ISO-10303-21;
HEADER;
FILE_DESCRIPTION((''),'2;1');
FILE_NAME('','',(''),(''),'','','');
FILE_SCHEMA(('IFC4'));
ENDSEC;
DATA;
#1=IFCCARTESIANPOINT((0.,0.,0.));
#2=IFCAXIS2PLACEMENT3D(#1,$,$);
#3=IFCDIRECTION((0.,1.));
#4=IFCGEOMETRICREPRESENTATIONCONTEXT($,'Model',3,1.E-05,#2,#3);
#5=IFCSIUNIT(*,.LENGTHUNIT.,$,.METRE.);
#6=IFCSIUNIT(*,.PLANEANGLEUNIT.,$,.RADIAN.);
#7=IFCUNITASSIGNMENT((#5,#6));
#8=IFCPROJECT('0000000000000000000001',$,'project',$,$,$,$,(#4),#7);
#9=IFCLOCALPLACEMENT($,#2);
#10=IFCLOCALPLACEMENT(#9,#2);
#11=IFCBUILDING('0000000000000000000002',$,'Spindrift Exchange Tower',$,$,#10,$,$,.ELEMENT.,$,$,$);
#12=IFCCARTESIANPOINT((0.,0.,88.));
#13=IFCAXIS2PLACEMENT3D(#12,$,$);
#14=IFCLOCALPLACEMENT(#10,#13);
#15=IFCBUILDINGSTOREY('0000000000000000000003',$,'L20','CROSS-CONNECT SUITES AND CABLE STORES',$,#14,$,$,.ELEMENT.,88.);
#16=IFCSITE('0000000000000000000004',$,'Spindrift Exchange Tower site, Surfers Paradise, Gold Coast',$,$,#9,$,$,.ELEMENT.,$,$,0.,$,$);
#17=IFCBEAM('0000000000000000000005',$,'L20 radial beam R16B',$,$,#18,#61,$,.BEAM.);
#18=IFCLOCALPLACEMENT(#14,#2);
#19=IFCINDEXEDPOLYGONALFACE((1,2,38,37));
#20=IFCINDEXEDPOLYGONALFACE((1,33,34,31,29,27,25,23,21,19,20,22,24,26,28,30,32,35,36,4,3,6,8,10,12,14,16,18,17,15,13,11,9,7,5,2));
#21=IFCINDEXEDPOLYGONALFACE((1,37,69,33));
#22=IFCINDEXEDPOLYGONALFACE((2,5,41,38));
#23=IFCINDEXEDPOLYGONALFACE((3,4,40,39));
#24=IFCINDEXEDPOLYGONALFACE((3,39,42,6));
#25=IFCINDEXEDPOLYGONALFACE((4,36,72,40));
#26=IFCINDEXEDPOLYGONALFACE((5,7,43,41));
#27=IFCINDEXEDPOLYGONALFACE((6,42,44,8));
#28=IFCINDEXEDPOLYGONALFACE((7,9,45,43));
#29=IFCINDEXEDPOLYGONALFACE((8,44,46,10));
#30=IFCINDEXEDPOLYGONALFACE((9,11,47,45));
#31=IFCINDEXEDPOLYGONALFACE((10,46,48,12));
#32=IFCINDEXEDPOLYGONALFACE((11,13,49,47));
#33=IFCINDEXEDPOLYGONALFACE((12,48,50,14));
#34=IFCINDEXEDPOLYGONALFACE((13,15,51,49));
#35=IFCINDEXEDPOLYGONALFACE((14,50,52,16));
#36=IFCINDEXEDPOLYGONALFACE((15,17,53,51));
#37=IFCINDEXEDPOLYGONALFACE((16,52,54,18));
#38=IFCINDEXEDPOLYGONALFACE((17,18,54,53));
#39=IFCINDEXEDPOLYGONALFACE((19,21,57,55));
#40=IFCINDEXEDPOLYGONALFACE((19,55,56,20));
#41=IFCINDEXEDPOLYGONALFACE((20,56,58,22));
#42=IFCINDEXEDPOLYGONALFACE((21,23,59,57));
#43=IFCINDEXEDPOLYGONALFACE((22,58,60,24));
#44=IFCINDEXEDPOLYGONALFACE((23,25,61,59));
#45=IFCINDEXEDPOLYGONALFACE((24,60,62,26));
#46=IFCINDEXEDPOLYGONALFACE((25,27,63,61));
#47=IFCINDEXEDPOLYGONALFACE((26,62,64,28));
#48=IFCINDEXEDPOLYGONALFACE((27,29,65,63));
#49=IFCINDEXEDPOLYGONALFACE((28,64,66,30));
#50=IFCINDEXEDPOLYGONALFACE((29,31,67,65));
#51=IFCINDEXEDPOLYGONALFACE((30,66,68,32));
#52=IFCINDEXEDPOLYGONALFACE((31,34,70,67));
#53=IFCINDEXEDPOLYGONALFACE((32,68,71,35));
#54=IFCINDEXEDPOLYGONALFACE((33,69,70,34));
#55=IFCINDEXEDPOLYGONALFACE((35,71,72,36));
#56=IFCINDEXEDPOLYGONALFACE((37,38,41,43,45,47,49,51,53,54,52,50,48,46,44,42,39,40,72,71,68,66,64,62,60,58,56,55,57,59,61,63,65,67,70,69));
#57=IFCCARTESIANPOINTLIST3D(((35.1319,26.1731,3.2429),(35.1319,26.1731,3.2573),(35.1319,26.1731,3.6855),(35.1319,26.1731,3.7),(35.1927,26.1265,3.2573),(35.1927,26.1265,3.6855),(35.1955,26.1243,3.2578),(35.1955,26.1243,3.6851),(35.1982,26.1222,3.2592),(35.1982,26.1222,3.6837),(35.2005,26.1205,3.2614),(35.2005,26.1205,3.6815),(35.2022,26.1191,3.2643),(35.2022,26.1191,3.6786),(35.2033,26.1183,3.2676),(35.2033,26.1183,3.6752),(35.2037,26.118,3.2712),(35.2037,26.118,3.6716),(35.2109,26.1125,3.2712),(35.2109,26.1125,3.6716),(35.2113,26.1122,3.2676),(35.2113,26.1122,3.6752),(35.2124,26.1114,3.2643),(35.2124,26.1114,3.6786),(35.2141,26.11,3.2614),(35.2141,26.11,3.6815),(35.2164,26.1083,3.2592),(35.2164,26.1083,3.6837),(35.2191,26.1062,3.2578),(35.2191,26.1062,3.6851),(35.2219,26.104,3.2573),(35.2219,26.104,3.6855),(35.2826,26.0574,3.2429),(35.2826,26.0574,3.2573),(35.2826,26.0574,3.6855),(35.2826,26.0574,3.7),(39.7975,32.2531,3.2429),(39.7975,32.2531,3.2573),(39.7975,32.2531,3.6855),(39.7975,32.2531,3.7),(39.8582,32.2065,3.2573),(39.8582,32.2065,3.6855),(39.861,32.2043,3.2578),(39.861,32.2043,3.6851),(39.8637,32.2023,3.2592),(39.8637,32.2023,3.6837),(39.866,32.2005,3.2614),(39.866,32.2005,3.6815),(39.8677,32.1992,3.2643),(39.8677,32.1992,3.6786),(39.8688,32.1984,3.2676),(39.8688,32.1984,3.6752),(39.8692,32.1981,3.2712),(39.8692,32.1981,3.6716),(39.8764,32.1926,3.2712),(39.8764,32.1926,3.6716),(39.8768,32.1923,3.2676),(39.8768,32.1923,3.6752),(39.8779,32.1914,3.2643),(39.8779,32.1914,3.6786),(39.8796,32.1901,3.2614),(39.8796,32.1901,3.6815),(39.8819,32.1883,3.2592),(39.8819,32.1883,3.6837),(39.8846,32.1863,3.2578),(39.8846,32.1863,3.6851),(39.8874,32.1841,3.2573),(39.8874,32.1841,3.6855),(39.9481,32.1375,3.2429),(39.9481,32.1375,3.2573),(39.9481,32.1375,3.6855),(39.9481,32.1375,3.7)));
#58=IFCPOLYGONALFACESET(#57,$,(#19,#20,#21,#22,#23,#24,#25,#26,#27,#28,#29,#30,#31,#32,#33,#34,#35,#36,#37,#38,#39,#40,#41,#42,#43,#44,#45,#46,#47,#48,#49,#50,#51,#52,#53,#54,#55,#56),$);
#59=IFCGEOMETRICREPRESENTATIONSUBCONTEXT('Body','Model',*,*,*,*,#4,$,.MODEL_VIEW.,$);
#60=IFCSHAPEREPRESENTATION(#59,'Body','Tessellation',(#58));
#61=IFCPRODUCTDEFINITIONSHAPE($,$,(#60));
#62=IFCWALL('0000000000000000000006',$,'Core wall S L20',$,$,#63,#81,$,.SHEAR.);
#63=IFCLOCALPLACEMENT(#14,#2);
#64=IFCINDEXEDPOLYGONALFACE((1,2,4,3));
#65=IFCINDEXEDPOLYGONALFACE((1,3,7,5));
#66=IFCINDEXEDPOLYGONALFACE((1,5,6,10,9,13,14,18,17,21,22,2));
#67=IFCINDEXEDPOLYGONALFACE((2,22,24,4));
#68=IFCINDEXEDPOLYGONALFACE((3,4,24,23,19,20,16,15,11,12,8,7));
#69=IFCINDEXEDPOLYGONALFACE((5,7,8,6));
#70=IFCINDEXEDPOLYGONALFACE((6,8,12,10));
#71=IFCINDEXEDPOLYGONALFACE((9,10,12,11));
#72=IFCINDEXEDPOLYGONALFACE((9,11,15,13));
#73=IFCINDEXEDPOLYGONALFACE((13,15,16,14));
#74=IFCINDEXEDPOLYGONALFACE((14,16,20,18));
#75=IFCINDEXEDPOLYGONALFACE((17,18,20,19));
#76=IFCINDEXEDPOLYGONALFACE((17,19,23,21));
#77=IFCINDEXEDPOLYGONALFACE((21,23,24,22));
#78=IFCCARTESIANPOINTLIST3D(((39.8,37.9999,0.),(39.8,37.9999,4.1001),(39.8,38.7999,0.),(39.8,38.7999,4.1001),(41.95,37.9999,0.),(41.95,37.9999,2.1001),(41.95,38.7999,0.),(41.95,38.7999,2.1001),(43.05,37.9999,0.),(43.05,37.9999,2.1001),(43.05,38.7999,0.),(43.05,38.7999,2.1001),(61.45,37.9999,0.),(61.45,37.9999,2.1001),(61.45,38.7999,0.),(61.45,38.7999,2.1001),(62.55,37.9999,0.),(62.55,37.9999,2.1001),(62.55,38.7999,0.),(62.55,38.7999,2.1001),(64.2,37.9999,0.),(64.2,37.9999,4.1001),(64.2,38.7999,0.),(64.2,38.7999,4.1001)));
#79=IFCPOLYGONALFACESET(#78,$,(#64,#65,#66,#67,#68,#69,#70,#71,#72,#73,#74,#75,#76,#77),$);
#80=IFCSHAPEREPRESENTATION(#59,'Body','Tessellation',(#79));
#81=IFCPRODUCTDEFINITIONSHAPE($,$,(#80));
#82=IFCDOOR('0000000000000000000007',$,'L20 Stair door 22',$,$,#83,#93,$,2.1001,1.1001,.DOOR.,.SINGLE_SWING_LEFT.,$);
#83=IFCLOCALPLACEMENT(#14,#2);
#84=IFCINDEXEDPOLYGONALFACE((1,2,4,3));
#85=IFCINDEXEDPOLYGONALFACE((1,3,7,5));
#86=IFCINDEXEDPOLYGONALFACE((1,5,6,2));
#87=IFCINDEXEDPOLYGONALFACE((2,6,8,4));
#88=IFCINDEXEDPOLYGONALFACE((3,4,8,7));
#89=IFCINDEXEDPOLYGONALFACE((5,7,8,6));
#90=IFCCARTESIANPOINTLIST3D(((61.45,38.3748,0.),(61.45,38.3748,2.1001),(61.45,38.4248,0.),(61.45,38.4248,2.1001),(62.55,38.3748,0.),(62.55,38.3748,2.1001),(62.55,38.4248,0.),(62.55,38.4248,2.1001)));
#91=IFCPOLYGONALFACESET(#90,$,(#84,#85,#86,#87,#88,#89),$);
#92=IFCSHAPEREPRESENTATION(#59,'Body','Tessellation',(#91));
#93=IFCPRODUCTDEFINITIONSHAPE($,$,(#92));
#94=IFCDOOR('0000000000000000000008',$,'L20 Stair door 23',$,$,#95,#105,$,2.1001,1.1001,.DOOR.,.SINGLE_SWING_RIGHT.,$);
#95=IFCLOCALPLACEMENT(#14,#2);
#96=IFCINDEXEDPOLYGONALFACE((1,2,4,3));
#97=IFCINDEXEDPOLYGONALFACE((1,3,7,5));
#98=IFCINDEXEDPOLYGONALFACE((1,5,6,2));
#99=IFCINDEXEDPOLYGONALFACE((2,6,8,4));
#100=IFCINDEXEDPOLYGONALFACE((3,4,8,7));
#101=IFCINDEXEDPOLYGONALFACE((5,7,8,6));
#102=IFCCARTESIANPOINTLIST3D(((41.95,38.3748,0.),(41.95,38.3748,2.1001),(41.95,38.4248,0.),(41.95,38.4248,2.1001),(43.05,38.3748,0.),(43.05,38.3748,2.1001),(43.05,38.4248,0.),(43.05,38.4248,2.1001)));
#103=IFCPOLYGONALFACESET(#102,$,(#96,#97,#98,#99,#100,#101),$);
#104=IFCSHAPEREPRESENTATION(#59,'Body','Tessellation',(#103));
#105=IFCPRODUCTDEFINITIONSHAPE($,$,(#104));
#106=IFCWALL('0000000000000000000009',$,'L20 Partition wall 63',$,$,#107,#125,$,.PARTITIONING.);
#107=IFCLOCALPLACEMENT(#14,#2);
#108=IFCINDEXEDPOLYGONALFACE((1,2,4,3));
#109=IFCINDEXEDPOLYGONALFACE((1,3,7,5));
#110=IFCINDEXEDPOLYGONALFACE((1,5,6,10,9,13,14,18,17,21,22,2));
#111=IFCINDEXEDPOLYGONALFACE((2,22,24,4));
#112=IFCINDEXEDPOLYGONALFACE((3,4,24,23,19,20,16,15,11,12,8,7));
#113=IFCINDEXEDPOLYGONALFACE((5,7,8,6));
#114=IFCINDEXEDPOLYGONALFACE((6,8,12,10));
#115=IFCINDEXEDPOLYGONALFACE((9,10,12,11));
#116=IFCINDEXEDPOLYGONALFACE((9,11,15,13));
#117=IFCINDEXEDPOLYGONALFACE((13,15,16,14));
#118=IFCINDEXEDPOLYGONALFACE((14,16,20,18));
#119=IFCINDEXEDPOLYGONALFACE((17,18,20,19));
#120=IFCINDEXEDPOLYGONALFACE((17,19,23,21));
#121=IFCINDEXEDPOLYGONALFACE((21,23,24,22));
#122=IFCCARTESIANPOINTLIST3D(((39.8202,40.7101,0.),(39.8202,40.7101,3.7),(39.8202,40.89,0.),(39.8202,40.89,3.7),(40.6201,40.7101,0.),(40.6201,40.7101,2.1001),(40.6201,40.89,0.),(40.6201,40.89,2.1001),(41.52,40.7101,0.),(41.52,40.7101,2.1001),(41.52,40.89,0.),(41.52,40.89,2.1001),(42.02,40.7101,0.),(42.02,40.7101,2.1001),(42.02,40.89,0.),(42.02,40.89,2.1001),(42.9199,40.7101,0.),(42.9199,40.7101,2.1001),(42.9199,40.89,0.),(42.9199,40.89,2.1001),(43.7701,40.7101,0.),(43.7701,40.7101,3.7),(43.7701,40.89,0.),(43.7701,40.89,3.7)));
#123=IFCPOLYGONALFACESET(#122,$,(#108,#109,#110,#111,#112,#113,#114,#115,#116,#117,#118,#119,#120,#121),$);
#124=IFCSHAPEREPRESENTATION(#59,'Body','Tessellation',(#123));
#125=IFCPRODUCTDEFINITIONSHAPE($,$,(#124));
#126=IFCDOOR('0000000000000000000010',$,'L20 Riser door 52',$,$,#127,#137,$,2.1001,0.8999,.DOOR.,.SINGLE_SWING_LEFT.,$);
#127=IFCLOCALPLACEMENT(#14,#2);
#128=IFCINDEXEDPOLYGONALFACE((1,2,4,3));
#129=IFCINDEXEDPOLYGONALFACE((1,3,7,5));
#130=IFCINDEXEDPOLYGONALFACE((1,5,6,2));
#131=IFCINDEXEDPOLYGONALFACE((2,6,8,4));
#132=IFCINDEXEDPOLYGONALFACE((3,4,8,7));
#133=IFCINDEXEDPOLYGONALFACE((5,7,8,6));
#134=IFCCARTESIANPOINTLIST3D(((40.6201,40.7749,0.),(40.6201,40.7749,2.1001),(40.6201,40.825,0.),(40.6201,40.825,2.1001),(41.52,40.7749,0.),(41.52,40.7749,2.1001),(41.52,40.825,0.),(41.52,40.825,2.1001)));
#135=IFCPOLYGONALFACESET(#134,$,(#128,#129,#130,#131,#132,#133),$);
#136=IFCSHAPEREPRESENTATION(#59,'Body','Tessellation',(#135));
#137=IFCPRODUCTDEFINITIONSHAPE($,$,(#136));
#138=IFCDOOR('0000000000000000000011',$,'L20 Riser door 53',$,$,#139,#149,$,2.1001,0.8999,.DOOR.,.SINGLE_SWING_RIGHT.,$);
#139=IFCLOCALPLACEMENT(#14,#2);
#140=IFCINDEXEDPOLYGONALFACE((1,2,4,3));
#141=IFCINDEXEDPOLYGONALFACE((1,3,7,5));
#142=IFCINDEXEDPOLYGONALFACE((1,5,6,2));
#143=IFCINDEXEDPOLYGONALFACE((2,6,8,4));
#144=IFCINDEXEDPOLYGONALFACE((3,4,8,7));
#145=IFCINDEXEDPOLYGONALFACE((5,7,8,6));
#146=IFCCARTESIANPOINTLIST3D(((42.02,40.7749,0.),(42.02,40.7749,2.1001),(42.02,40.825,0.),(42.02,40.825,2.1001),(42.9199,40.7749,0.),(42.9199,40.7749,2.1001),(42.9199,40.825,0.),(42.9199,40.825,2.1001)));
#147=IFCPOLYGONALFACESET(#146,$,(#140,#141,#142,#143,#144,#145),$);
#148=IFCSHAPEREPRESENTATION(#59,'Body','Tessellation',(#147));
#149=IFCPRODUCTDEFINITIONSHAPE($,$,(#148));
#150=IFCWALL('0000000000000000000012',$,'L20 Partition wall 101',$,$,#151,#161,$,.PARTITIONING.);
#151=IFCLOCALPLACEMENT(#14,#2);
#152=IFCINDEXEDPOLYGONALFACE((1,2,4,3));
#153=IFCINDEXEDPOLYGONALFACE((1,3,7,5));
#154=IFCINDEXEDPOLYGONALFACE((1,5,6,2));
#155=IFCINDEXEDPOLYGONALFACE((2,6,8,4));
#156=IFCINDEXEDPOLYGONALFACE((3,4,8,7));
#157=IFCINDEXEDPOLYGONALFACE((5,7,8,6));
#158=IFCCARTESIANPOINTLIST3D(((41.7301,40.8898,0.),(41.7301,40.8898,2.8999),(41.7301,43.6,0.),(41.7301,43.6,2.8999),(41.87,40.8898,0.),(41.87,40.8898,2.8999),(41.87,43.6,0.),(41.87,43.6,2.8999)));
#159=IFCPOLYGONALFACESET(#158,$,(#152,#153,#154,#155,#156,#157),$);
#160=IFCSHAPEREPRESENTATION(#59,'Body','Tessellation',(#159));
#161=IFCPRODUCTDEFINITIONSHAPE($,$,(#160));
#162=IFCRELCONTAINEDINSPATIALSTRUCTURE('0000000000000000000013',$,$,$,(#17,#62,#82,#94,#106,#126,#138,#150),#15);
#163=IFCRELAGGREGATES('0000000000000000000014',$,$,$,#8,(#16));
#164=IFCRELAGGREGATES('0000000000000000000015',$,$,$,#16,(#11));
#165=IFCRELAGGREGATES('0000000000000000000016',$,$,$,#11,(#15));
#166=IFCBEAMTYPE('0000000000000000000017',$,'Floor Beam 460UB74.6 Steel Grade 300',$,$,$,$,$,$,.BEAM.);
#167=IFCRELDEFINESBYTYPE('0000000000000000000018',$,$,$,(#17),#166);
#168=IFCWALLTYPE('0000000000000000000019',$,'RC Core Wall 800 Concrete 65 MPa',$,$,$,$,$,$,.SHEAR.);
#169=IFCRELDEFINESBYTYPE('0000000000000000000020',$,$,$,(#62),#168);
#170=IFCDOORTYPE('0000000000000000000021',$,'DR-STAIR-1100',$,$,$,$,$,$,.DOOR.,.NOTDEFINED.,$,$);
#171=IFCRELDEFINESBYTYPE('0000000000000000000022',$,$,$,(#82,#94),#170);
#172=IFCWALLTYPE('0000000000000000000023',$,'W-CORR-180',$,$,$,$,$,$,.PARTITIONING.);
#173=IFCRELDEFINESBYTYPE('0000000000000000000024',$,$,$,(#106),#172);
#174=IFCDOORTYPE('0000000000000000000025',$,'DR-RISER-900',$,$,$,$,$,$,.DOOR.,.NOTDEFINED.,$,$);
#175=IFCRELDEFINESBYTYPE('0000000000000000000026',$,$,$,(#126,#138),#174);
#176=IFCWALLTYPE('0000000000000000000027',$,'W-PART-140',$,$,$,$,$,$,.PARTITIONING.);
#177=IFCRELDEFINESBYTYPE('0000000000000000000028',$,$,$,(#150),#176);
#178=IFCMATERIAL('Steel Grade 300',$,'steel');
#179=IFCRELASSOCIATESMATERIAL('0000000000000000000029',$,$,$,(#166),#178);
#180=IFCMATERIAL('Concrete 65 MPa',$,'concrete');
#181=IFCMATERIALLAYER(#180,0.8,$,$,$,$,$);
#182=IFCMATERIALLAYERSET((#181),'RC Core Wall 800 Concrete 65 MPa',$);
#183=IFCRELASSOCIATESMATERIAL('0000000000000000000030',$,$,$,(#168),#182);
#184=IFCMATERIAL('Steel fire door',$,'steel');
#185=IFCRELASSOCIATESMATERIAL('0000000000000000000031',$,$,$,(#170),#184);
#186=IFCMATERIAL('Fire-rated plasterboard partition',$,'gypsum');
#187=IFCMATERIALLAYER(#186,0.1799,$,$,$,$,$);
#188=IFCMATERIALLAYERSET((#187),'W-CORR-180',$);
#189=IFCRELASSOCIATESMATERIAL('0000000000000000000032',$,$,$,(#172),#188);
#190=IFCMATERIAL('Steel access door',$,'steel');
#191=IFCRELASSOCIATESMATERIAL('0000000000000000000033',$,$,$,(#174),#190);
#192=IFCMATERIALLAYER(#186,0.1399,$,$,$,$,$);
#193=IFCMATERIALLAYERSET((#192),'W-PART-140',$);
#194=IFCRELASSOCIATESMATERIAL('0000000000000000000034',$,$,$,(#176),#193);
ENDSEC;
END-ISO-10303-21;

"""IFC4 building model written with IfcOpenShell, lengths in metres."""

from ifc_helpers import new_model, si_unit, direction, frame, frame_2d, origin, origin_2d, place, context, subcontext, project, spatial, rectangle, i_section, extrude, source, transform, mapped, material, layer, layer_set, material_profile, profile_set, type_object, element, fill, save


model = new_model("IFC4")

# Units and contexts
model_context = context("Model", 3, precision=1e-05, world=origin(), true_north=direction((0.0, 1.0)))
body_context = subcontext(model_context, "Body", "Model", "MODEL_VIEW")
ifc_project = project(units=[si_unit("LENGTHUNIT", "METRE"), si_unit("PLANEANGLEUNIT", "RADIAN")], contexts=[model_context])

# Site, building, storey
site_placement = place(None, origin())
site = spatial("IfcSite", under=ifc_project, at=site_placement, Name="Spindrift Exchange Tower site, Surfers Paradise, Gold Coast", CompositionType="ELEMENT", RefElevation=0.0)
building_placement = place(site_placement, origin())
building = spatial("IfcBuilding", under=site, at=building_placement, Name="Spindrift Exchange Tower", CompositionType="ELEMENT")
storey_placement = place(building_placement, frame((0.0, 0.0, 88.0)))
storey = spatial("IfcBuildingStorey", under=building, at=storey_placement, Name="L20", Description="CROSS-CONNECT SUITES AND CABLE STORES", CompositionType="ELEMENT", Elevation=88.0)

# Shared definitions
ifc_material_1 = material(Name="Concrete 65 MPa", Category="concrete")

# Beam
ifc_material_2 = material(Name="Steel Grade 300", Category="steel")
ifc_material_profile_1 = material_profile(ifc_material_2, i_section(OverallWidth=0.1899, OverallDepth=0.457, WebThickness=0.009, FlangeThickness=0.0144, FilletRadius=0.0139, at=origin_2d()), Name="460UB74.6")
ifc_profile_set_1 = profile_set([ifc_material_profile_1], Name="Steel Grade 300")
beam_type_1 = type_object("IfcBeamType", Name="Floor Beam 460UB74.6 Steel Grade 300", PredefinedType="BEAM", material=ifc_profile_set_1)
shared_shape_1 = source(origin(), body_context, "Body", "SweptSolid", [
    extrude(i_section(OverallWidth=0.1899, OverallDepth=0.457, WebThickness=0.009, FlangeThickness=0.0144, FilletRadius=0.0139, at=origin_2d()), origin(), (0.0, 0.0, 1.0), 7.6638),
])
beam_1_placement = place(storey_placement, frame((39.8728, 32.1953, 3.4714), z_axis=(-0.608771, -0.793346, 0.0), x_axis=(0.793346, -0.608771, 0.0)))
element("IfcBeam", 1, at=beam_1_placement, inside=storey, type_object=beam_type_1, Name="L20 radial beam R16B", PredefinedType="BEAM", context=body_context, shape_type="MappedRepresentation", body=[
    mapped(shared_shape_1, transform((0.0, 0.0, 0.0), scale=1.0)),
])

# Walls, openings, doors
ifc_layer_1 = layer(ifc_material_1, 0.8)
ifc_layer_set_1 = layer_set([ifc_layer_1], Name="RC Core Wall 800 Concrete 65 MPa")
wall_type_1 = type_object("IfcWallType", Name="RC Core Wall 800 Concrete 65 MPa", PredefinedType="SHEAR", material=ifc_layer_set_1)
wall_1_placement = place(storey_placement, frame((39.8, 38.3999, 0.0), z_axis=(0.0, 0.0, 1.0), x_axis=(1.0, 0.0, 0.0)))
wall_1 = element("IfcWall", 2, at=wall_1_placement, inside=storey, type_object=wall_type_1, Name="Core wall S L20", PredefinedType="SHEAR", context=body_context, shape_type="SweptSolid", body=[
    extrude(rectangle(XDim=24.3999, YDim=0.8, at=frame_2d((12.2, 0.0))), origin(), (0.0, 0.0, 1.0), 4.1001),
])
opening_1_placement = place(wall_1_placement, frame((21.6499, 0.0, 0.0)))
opening_1 = element("IfcOpeningElement", 3, at=opening_1_placement, cuts=wall_1, PredefinedType="OPENING", context=body_context, shape_type="SweptSolid", body=[
    extrude(rectangle(XDim=1.1001, YDim=2.1001, at=frame_2d((0.55, 1.05))), frame((0.0, 0.4099, 0.0), z_axis=(0.0, -1.0, 0.0), x_axis=(1.0, 0.0, 0.0)), (0.0, 0.0, 1.0), 0.8201),
])
opening_2_placement = place(wall_1_placement, frame((2.1499, 0.0, 0.0)))
opening_2 = element("IfcOpeningElement", 4, at=opening_2_placement, cuts=wall_1, PredefinedType="OPENING", context=body_context, shape_type="SweptSolid", body=[
    extrude(rectangle(XDim=1.1001, YDim=2.1001, at=frame_2d((0.55, 1.05))), frame((0.0, 0.4099, 0.0), z_axis=(0.0, -1.0, 0.0), x_axis=(1.0, 0.0, 0.0)), (0.0, 0.0, 1.0), 0.8201),
])
ifc_material_3 = material(Name="Steel fire door", Category="steel")
door_type_1 = type_object("IfcDoorType", Name="DR-STAIR-1100", OperationType="NOTDEFINED", PredefinedType="DOOR", material=ifc_material_3)
shared_shape_2 = source(origin(), body_context, "Body", "SweptSolid", [
    extrude(rectangle(XDim=1.1001, YDim=2.1001, at=frame_2d((0.55, 1.05))), frame((0.0, 0.0249, 0.0), z_axis=(0.0, -1.0, 0.0), x_axis=(1.0, 0.0, 0.0)), (0.0, 0.0, 1.0), 0.05),
])
door_1_placement = place(opening_1_placement, origin())
door_1 = element("IfcDoor", 5, at=door_1_placement, inside=storey, type_object=door_type_1, Name="L20 Stair door 22", OperationType="SINGLE_SWING_LEFT", OverallHeight=2.1001, OverallWidth=1.1001, PredefinedType="DOOR", context=body_context, shape_type="MappedRepresentation", body=[
    mapped(shared_shape_2, transform((0.0, 0.0, 0.0), scale=1.0)),
])
fill(opening_1, door_1)
door_2_placement = place(opening_2_placement, origin())
door_2 = element("IfcDoor", 6, at=door_2_placement, inside=storey, type_object=door_type_1, Name="L20 Stair door 23", OperationType="SINGLE_SWING_RIGHT", OverallHeight=2.1001, OverallWidth=1.1001, PredefinedType="DOOR", context=body_context, shape_type="MappedRepresentation", body=[
    mapped(shared_shape_2, transform((0.0, 0.0, 0.0), scale=1.0)),
])
fill(opening_2, door_2)
ifc_material_4 = material(Name="Fire-rated plasterboard partition", Category="gypsum")
ifc_layer_2 = layer(ifc_material_4, 0.1799)
ifc_layer_set_2 = layer_set([ifc_layer_2], Name="W-CORR-180")
wall_type_2 = type_object("IfcWallType", Name="W-CORR-180", PredefinedType="PARTITIONING", material=ifc_layer_set_2)
wall_2_placement = place(storey_placement, frame((39.8201, 40.8, 0.0), z_axis=(0.0, 0.0, 1.0), x_axis=(1.0, 0.0, 0.0)))
wall_2 = element("IfcWall", 7, at=wall_2_placement, inside=storey, type_object=wall_type_2, Name="L20 Partition wall 63", PredefinedType="PARTITIONING", context=body_context, shape_type="SweptSolid", body=[
    extrude(rectangle(XDim=3.95, YDim=0.1799, at=frame_2d((1.9751, 0.0))), origin(), (0.0, 0.0, 1.0), 3.7),
])
opening_3_placement = place(wall_2_placement, frame((0.8, 0.0, 0.0)))
opening_3 = element("IfcOpeningElement", 8, at=opening_3_placement, cuts=wall_2, PredefinedType="OPENING", context=body_context, shape_type="SweptSolid", body=[
    extrude(rectangle(XDim=0.8999, YDim=2.1001, at=frame_2d((0.45, 1.05))), frame((0.0, 0.0999, 0.0), z_axis=(0.0, -1.0, 0.0), x_axis=(1.0, 0.0, 0.0)), (0.0, 0.0, 1.0), 0.2),
])
opening_4_placement = place(wall_2_placement, frame((2.2, 0.0, 0.0)))
opening_4 = element("IfcOpeningElement", 9, at=opening_4_placement, cuts=wall_2, PredefinedType="OPENING", context=body_context, shape_type="SweptSolid", body=[
    extrude(rectangle(XDim=0.8999, YDim=2.1001, at=frame_2d((0.45, 1.05))), frame((0.0, 0.0999, 0.0), z_axis=(0.0, -1.0, 0.0), x_axis=(1.0, 0.0, 0.0)), (0.0, 0.0, 1.0), 0.2),
])
ifc_material_5 = material(Name="Steel access door", Category="steel")
door_type_2 = type_object("IfcDoorType", Name="DR-RISER-900", OperationType="NOTDEFINED", PredefinedType="DOOR", material=ifc_material_5)
shared_shape_3 = source(origin(), body_context, "Body", "SweptSolid", [
    extrude(rectangle(XDim=0.8999, YDim=2.1001, at=frame_2d((0.45, 1.05))), frame((0.0, 0.0249, 0.0), z_axis=(0.0, -1.0, 0.0), x_axis=(1.0, 0.0, 0.0)), (0.0, 0.0, 1.0), 0.05),
])
door_3_placement = place(opening_3_placement, origin())
door_3 = element("IfcDoor", 10, at=door_3_placement, inside=storey, type_object=door_type_2, Name="L20 Riser door 52", OperationType="SINGLE_SWING_LEFT", OverallHeight=2.1001, OverallWidth=0.8999, PredefinedType="DOOR", context=body_context, shape_type="MappedRepresentation", body=[
    mapped(shared_shape_3, transform((0.0, 0.0, 0.0), scale=1.0)),
])
fill(opening_3, door_3)
door_4_placement = place(opening_4_placement, origin())
door_4 = element("IfcDoor", 11, at=door_4_placement, inside=storey, type_object=door_type_2, Name="L20 Riser door 53", OperationType="SINGLE_SWING_RIGHT", OverallHeight=2.1001, OverallWidth=0.8999, PredefinedType="DOOR", context=body_context, shape_type="MappedRepresentation", body=[
    mapped(shared_shape_3, transform((0.0, 0.0, 0.0), scale=1.0)),
])
fill(opening_4, door_4)

# Wall
ifc_layer_3 = layer(ifc_material_4, 0.1399)
ifc_layer_set_3 = layer_set([ifc_layer_3], Name="W-PART-140")
wall_type_3 = type_object("IfcWallType", Name="W-PART-140", PredefinedType="PARTITIONING", material=ifc_layer_set_3)
wall_3_placement = place(storey_placement, frame((41.8, 40.8899, 0.0), z_axis=(0.0, 0.0, 1.0), x_axis=(0.0, 1.0, 0.0)))
element("IfcWall", 12, at=wall_3_placement, inside=storey, type_object=wall_type_3, Name="L20 Partition wall 101", PredefinedType="PARTITIONING", context=body_context, shape_type="SweptSolid", body=[
    extrude(rectangle(XDim=2.7102, YDim=0.1399, at=frame_2d((1.355, 0.0))), origin(), (0.0, 0.0, 1.0), 2.8999),
])

save(model, "model.ifc")
